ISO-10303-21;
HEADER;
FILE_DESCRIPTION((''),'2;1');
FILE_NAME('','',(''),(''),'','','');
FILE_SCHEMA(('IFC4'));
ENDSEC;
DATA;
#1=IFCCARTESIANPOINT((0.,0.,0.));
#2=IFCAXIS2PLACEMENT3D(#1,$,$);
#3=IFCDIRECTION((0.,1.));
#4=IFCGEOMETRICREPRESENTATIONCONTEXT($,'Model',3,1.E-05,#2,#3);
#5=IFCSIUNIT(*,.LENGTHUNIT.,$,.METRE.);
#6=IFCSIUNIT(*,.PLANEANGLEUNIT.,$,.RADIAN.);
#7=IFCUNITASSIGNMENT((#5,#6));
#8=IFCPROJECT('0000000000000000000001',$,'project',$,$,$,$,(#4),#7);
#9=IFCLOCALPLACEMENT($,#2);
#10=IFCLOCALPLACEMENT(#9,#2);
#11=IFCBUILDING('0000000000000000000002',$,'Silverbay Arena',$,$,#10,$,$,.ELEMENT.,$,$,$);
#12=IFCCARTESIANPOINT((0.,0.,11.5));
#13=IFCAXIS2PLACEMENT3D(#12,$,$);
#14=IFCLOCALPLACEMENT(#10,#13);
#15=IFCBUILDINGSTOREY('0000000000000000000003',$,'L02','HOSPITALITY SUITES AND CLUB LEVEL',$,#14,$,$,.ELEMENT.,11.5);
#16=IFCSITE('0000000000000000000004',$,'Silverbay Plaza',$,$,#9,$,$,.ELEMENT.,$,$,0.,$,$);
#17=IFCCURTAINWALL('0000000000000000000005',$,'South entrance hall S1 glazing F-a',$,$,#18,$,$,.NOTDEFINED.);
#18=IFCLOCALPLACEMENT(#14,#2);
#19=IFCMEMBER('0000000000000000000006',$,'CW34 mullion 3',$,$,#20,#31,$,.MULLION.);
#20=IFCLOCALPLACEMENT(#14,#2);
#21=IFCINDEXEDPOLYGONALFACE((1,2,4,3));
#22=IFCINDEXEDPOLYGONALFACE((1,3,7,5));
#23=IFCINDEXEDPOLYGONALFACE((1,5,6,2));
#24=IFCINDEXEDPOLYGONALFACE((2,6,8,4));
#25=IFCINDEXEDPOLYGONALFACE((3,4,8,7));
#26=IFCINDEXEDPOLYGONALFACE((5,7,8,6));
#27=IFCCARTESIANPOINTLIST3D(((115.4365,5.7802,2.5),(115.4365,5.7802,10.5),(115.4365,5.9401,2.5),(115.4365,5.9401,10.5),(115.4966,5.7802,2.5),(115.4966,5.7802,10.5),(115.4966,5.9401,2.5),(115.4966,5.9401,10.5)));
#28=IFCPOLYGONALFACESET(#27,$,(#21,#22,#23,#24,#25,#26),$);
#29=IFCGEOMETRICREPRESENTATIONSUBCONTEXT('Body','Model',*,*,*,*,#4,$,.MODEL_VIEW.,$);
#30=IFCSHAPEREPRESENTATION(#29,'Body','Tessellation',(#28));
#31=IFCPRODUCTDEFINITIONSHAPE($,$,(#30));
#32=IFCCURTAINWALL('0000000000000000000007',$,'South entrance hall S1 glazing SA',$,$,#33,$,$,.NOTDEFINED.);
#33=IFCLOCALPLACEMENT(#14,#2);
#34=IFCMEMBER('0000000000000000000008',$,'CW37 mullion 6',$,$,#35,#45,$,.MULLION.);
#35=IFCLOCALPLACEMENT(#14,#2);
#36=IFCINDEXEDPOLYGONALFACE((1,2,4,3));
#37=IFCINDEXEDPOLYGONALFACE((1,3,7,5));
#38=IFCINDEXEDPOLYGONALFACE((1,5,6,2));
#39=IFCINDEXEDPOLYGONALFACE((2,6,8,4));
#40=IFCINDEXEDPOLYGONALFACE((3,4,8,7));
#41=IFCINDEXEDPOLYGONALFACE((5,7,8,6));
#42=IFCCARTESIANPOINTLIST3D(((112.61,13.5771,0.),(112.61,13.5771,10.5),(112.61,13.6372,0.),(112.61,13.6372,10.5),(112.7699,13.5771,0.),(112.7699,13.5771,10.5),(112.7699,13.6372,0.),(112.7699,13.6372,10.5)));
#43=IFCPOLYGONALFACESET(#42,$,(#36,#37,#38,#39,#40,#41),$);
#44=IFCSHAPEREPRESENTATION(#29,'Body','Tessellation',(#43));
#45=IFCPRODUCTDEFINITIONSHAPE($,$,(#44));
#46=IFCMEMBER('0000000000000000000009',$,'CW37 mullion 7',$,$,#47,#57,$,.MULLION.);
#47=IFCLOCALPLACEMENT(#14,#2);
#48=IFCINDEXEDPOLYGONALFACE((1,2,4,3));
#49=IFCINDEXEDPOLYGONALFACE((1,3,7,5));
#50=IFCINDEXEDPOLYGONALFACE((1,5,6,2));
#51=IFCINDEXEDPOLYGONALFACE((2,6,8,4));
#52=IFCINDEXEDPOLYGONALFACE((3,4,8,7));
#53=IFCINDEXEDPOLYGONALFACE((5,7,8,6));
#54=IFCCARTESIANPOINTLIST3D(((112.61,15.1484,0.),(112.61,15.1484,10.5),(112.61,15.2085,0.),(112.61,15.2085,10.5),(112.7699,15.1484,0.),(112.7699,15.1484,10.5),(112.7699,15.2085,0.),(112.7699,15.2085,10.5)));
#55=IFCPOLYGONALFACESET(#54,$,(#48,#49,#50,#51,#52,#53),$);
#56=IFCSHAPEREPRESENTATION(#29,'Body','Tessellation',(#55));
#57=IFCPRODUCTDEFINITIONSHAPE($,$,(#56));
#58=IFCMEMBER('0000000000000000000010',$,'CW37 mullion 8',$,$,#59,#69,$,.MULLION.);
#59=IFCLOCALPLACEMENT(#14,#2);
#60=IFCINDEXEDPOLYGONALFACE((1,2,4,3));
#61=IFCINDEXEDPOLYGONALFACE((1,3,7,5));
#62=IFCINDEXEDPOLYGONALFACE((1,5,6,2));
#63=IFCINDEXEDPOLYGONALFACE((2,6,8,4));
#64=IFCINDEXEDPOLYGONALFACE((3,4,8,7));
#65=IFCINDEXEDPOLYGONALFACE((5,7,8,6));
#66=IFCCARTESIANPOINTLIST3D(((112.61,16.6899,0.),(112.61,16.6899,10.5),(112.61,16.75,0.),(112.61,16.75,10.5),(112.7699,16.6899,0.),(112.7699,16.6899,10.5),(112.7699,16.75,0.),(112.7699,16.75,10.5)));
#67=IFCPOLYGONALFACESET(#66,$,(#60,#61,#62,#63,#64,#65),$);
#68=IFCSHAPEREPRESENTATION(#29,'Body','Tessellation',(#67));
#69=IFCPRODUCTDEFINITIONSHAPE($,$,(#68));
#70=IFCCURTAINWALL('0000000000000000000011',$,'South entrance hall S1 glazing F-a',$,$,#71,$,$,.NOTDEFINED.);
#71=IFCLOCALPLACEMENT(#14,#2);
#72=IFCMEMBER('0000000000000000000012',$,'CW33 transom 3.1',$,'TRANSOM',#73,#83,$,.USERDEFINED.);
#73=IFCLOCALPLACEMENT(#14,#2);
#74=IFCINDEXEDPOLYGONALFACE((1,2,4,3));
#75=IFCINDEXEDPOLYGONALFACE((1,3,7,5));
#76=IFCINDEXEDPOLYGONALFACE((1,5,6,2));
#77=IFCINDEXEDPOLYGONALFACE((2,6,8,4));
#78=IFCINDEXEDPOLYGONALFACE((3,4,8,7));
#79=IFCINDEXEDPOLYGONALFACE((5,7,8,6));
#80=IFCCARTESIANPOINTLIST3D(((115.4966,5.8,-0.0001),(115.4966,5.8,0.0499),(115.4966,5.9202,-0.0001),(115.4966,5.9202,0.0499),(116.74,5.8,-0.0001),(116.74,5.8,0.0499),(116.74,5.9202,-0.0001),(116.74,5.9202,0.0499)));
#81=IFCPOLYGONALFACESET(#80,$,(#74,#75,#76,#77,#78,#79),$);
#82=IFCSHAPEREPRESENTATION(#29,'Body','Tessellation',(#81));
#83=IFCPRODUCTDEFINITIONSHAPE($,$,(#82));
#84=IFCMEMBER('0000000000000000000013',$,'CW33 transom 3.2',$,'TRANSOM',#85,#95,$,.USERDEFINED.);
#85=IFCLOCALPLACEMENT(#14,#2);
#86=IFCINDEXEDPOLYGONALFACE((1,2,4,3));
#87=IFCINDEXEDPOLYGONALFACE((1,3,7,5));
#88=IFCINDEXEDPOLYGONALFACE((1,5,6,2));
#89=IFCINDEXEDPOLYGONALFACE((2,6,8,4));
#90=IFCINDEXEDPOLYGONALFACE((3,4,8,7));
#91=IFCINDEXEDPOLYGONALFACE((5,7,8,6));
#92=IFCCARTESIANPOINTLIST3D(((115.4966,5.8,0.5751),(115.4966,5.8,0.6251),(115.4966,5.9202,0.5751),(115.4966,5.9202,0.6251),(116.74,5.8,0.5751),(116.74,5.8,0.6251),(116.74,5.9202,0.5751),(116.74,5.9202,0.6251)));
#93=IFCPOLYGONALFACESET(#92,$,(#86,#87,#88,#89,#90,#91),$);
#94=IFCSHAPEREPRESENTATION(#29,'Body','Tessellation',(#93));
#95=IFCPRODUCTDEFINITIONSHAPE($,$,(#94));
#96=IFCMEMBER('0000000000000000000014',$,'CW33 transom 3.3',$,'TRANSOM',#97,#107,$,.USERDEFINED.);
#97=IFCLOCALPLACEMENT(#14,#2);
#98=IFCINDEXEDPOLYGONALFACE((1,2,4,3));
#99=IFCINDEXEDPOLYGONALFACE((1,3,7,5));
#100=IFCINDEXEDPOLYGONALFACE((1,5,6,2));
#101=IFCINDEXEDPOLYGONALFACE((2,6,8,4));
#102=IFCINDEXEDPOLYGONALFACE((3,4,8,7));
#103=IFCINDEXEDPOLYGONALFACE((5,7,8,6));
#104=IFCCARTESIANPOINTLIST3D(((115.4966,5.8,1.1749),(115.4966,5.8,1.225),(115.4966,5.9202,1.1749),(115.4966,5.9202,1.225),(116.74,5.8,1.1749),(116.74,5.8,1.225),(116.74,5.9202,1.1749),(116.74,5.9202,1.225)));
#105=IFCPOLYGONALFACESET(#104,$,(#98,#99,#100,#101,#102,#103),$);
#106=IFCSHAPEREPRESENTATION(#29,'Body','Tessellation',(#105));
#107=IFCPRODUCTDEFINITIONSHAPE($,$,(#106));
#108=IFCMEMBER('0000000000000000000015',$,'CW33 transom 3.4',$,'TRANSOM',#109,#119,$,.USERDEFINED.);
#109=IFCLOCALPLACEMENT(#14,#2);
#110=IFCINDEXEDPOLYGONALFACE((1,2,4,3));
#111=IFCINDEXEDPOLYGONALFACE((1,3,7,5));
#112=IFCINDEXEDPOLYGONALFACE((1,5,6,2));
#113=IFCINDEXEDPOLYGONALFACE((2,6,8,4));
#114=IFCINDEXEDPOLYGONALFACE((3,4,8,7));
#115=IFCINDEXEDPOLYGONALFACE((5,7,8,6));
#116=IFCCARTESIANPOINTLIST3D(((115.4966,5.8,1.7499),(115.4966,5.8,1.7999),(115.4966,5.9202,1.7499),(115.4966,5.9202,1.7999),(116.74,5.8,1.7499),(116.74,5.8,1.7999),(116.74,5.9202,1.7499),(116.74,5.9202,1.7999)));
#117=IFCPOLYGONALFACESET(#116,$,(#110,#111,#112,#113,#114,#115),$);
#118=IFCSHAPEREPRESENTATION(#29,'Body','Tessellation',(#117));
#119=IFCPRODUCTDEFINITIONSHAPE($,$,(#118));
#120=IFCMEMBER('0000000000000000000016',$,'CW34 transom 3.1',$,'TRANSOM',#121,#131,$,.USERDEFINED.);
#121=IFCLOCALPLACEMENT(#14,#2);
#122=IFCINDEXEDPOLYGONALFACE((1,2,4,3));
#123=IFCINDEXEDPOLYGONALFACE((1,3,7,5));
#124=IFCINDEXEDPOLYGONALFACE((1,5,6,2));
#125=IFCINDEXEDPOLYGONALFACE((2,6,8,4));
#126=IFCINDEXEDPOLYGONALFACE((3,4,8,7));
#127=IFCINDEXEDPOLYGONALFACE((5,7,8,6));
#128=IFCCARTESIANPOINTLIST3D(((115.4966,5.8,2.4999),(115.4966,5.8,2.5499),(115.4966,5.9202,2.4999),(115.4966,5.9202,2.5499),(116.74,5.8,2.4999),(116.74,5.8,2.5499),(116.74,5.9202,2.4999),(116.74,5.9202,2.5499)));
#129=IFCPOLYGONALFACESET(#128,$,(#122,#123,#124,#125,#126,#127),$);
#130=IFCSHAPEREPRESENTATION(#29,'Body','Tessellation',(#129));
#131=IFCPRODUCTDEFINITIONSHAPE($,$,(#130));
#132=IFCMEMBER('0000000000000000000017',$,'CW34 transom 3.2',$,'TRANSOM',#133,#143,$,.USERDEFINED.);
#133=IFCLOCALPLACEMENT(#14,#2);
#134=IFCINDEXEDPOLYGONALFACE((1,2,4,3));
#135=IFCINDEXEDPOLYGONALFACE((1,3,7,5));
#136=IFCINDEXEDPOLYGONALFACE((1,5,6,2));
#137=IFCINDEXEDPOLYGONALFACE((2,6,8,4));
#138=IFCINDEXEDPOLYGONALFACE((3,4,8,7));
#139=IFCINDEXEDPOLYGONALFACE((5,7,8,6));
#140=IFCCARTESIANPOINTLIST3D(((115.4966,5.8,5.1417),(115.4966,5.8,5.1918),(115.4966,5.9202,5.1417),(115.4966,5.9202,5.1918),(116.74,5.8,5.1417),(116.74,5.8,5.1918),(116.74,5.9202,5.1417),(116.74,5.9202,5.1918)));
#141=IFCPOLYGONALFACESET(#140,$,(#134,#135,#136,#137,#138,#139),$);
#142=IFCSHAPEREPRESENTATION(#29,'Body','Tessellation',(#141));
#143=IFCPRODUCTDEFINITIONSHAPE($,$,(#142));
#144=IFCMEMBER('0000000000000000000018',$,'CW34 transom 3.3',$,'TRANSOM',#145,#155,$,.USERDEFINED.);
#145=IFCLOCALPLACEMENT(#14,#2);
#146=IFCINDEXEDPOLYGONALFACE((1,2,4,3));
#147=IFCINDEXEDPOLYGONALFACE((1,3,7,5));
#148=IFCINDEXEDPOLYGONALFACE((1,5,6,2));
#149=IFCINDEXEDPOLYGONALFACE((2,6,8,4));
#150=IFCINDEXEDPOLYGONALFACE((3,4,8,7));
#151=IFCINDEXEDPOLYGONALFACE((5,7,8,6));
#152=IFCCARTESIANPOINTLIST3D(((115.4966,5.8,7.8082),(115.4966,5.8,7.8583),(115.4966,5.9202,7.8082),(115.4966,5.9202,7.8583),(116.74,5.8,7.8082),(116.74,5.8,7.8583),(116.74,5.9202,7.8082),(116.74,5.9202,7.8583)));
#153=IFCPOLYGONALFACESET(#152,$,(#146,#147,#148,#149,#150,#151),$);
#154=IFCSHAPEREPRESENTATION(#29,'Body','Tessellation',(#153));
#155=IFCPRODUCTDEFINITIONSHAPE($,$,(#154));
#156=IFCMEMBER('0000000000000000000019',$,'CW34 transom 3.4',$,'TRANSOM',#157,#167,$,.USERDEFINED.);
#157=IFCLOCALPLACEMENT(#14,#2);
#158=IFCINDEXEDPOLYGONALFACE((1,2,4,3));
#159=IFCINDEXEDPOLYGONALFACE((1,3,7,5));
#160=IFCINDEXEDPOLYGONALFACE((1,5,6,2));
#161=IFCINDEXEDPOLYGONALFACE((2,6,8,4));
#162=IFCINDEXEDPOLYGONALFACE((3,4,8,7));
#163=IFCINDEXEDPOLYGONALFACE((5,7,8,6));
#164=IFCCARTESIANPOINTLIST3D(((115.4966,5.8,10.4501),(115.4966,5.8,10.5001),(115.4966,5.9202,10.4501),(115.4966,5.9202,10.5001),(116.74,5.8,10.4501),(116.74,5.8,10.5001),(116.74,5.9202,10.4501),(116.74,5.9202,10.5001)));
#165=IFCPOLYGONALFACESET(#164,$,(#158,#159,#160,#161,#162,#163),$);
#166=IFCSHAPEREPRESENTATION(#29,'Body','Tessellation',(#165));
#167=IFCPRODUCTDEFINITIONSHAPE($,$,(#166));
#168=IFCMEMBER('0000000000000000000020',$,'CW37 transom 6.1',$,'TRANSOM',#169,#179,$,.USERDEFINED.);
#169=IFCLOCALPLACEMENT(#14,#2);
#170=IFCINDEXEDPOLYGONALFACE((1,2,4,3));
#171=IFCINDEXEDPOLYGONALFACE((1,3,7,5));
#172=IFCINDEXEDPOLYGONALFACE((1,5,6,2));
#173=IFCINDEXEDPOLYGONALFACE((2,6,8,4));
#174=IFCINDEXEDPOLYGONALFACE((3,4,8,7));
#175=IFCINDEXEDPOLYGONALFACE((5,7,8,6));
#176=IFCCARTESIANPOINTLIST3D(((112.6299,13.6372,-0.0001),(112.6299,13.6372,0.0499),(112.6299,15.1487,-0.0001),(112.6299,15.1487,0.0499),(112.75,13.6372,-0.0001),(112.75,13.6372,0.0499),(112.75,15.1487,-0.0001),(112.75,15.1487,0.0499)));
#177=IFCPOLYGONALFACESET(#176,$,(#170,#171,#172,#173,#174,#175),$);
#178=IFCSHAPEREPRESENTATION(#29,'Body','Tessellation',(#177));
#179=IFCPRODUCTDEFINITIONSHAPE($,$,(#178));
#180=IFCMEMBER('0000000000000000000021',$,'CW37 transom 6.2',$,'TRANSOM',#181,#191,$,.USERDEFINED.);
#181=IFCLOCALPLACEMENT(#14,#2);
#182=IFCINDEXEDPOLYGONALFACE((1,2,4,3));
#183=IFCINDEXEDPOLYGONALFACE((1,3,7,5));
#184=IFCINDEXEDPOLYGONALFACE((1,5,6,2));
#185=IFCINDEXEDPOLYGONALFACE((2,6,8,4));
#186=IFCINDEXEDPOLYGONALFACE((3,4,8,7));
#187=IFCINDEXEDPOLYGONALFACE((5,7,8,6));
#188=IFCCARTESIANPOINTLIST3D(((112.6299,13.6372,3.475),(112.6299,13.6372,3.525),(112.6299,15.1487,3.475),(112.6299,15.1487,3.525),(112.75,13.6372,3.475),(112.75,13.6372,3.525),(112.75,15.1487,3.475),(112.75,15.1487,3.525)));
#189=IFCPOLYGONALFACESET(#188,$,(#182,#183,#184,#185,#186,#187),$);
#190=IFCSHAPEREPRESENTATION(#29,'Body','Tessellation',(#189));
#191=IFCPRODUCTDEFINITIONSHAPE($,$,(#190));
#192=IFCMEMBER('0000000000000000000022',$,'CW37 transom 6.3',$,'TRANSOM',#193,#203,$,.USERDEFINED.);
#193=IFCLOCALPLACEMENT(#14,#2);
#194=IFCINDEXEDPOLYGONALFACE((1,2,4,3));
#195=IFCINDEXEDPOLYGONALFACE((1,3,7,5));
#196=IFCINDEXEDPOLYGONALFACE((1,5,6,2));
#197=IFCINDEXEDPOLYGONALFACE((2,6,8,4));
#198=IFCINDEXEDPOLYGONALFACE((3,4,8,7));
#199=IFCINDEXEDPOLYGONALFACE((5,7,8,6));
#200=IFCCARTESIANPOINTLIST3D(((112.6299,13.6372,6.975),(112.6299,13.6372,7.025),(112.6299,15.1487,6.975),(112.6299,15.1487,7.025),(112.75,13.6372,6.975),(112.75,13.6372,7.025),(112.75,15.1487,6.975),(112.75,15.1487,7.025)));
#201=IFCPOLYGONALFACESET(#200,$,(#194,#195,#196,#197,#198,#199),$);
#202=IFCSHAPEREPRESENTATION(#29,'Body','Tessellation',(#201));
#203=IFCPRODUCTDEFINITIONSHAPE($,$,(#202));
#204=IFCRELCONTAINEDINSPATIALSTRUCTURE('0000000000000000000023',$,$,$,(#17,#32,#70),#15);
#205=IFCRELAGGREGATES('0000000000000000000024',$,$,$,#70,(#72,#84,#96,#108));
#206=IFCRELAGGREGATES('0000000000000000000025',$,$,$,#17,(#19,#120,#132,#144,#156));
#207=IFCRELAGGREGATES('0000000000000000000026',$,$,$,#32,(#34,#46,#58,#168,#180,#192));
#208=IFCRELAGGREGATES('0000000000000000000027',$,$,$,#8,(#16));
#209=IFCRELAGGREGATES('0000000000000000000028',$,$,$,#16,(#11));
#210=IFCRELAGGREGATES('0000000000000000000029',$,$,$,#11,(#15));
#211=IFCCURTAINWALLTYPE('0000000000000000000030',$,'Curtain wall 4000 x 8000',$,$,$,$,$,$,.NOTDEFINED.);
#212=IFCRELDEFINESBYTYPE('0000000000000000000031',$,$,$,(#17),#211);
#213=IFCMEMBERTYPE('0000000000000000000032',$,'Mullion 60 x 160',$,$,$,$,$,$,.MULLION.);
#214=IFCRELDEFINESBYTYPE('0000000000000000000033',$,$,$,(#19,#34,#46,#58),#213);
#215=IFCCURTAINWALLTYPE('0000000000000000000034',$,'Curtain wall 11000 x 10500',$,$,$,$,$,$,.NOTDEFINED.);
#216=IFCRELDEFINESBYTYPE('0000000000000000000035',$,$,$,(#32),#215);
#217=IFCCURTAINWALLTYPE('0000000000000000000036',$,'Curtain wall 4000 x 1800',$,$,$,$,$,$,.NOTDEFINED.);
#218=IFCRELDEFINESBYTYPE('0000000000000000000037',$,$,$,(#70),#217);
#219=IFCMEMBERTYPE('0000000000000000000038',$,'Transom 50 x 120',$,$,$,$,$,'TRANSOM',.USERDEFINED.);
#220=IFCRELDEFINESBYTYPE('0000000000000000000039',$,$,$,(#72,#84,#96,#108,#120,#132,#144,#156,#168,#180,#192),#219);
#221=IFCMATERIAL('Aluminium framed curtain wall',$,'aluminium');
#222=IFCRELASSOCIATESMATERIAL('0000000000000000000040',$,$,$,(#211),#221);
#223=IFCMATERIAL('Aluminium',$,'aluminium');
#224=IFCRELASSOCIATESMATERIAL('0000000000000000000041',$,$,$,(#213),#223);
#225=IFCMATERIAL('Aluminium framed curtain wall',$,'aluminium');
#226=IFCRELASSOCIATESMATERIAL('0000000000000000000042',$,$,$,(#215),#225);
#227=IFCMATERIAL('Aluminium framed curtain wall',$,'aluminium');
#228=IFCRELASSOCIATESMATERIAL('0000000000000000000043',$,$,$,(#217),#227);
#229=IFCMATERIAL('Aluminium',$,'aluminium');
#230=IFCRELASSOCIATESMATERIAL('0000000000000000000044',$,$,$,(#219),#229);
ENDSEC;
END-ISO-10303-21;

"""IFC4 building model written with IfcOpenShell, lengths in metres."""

from ifc_helpers import new_model, si_unit, direction, frame, origin, origin_2d, place, context, subcontext, project, spatial, rectangle, extrude, material, material_profile, profile_set, type_object, element, aggregate, save


model = new_model("IFC4")

# Units and contexts
model_context = context("Model", 3, precision=1e-05, world=origin(), true_north=direction((0.0, 1.0)))
body_context = subcontext(model_context, "Body", "Model", "MODEL_VIEW")
ifc_project = project(units=[si_unit("LENGTHUNIT", "METRE"), si_unit("PLANEANGLEUNIT", "RADIAN")], contexts=[model_context])

# Site, building, storey
site_placement = place(None, origin())
site = spatial("IfcSite", under=ifc_project, at=site_placement, Name="Silverbay Plaza", CompositionType="ELEMENT", RefElevation=0.0)
building_placement = place(site_placement, origin())
building = spatial("IfcBuilding", under=site, at=building_placement, Name="Silverbay Arena", CompositionType="ELEMENT")
storey_placement = place(building_placement, frame((0.0, 0.0, 11.5)))
storey = spatial("IfcBuildingStorey", under=building, at=storey_placement, Name="L02", Description="HOSPITALITY SUITES AND CLUB LEVEL", CompositionType="ELEMENT", Elevation=11.5)

# Curtain wall, member
ifc_material_1 = material(Name="Aluminium framed curtain wall", Category="aluminium")
curtain_wall_type_1 = type_object("IfcCurtainWallType", Name="Curtain wall 4000 x 8000", PredefinedType="NOTDEFINED", material=ifc_material_1)
curtain_wall_1_placement = place(storey_placement, origin())
curtain_wall_1 = element("IfcCurtainWall", 1, at=curtain_wall_1_placement, inside=storey, type_object=curtain_wall_type_1, Name="South entrance hall S1 glazing F-a", PredefinedType="NOTDEFINED")
ifc_material_2 = material(Name="Aluminium", Category="aluminium")
ifc_material_profile_1 = material_profile(ifc_material_2, rectangle(XDim=0.1599, YDim=0.0601, at=origin_2d()), Name="Mullion 60 x 160")
ifc_profile_set_1 = profile_set([ifc_material_profile_1], Name="Aluminium")
member_type_1 = type_object("IfcMemberType", Name="Mullion 60 x 160", PredefinedType="MULLION", material=ifc_profile_set_1)
member_1_placement = place(storey_placement, frame((115.4666, 5.8601, 2.5), z_axis=(0.0, 0.0, 1.0), x_axis=(0.0, 1.0, 0.0)))
member_1 = element("IfcMember", 2, at=member_1_placement, type_object=member_type_1, Name="CW34 mullion 3", PredefinedType="MULLION", context=body_context, shape_type="SweptSolid", body=[
    extrude(rectangle(XDim=0.1599, YDim=0.0601, at=origin_2d()), origin(), (0.0, 0.0, 1.0), 8.0),
])

# Curtain walls, members
ifc_material_3 = material(Name="Aluminium framed curtain wall", Category="aluminium")
curtain_wall_type_2 = type_object("IfcCurtainWallType", Name="Curtain wall 11000 x 10500", PredefinedType="NOTDEFINED", material=ifc_material_3)
curtain_wall_2_placement = place(storey_placement, origin())
curtain_wall_2 = element("IfcCurtainWall", 3, at=curtain_wall_2_placement, inside=storey, type_object=curtain_wall_type_2, Name="South entrance hall S1 glazing SA", PredefinedType="NOTDEFINED")
member_2_placement = place(storey_placement, frame((112.6899, 13.6072, 0.0), z_axis=(0.0, 0.0, 1.0), x_axis=(-1.0, 0.0, 0.0)))
member_2 = element("IfcMember", 4, at=member_2_placement, type_object=member_type_1, Name="CW37 mullion 6", PredefinedType="MULLION", context=body_context, shape_type="SweptSolid", body=[
    extrude(rectangle(XDim=0.1599, YDim=0.0601, at=origin_2d()), origin(), (0.0, 0.0, 1.0), 10.5),
])
member_3_placement = place(storey_placement, frame((112.6899, 15.1785, 0.0), z_axis=(0.0, 0.0, 1.0), x_axis=(-1.0, 0.0, 0.0)))
member_3 = element("IfcMember", 5, at=member_3_placement, type_object=member_type_1, Name="CW37 mullion 7", PredefinedType="MULLION", context=body_context, shape_type="SweptSolid", body=[
    extrude(rectangle(XDim=0.1599, YDim=0.0601, at=origin_2d()), origin(), (0.0, 0.0, 1.0), 10.5),
])
member_4_placement = place(storey_placement, frame((112.6899, 16.72, 0.0), z_axis=(0.0, 0.0, 1.0), x_axis=(-1.0, 0.0, 0.0)))
member_4 = element("IfcMember", 6, at=member_4_placement, type_object=member_type_1, Name="CW37 mullion 8", PredefinedType="MULLION", context=body_context, shape_type="SweptSolid", body=[
    extrude(rectangle(XDim=0.1599, YDim=0.0601, at=origin_2d()), origin(), (0.0, 0.0, 1.0), 10.5),
])
ifc_material_4 = material(Name="Aluminium framed curtain wall", Category="aluminium")
curtain_wall_type_3 = type_object("IfcCurtainWallType", Name="Curtain wall 4000 x 1800", PredefinedType="NOTDEFINED", material=ifc_material_4)
curtain_wall_3_placement = place(storey_placement, origin())
curtain_wall_3 = element("IfcCurtainWall", 7, at=curtain_wall_3_placement, inside=storey, type_object=curtain_wall_type_3, Name="South entrance hall S1 glazing F-a", PredefinedType="NOTDEFINED")
ifc_material_5 = material(Name="Aluminium", Category="aluminium")
ifc_material_profile_2 = material_profile(ifc_material_5, rectangle(XDim=0.1201, YDim=0.05, at=origin_2d()), Name="Transom 50 x 120")
ifc_profile_set_2 = profile_set([ifc_material_profile_2], Name="Aluminium")
member_type_2 = type_object("IfcMemberType", Name="Transom 50 x 120", ElementType="TRANSOM", PredefinedType="USERDEFINED", material=ifc_profile_set_2)
member_5_placement = place(storey_placement, frame((115.4966, 5.8601, 0.0249), z_axis=(1.0, 0.0, 0.0), x_axis=(0.0, 1.0, 0.0)))
member_5 = element("IfcMember", 8, at=member_5_placement, type_object=member_type_2, Name="CW33 transom 3.1", ObjectType="TRANSOM", PredefinedType="USERDEFINED", context=body_context, shape_type="SweptSolid", body=[
    extrude(rectangle(XDim=0.1201, YDim=0.05, at=origin_2d()), origin(), (0.0, 0.0, 1.0), 1.2434),
])
member_6_placement = place(storey_placement, frame((115.4966, 5.8601, 0.6001), z_axis=(1.0, 0.0, 0.0), x_axis=(0.0, 1.0, 0.0)))
member_6 = element("IfcMember", 9, at=member_6_placement, type_object=member_type_2, Name="CW33 transom 3.2", ObjectType="TRANSOM", PredefinedType="USERDEFINED", context=body_context, shape_type="SweptSolid", body=[
    extrude(rectangle(XDim=0.1201, YDim=0.05, at=origin_2d()), origin(), (0.0, 0.0, 1.0), 1.2434),
])
member_7_placement = place(storey_placement, frame((115.4966, 5.8601, 1.2), z_axis=(1.0, 0.0, 0.0), x_axis=(0.0, 1.0, 0.0)))
member_7 = element("IfcMember", 10, at=member_7_placement, type_object=member_type_2, Name="CW33 transom 3.3", ObjectType="TRANSOM", PredefinedType="USERDEFINED", context=body_context, shape_type="SweptSolid", body=[
    extrude(rectangle(XDim=0.1201, YDim=0.05, at=origin_2d()), origin(), (0.0, 0.0, 1.0), 1.2434),
])
member_8_placement = place(storey_placement, frame((115.4966, 5.8601, 1.7749), z_axis=(1.0, 0.0, 0.0), x_axis=(0.0, 1.0, 0.0)))
member_8 = element("IfcMember", 11, at=member_8_placement, type_object=member_type_2, Name="CW33 transom 3.4", ObjectType="TRANSOM", PredefinedType="USERDEFINED", context=body_context, shape_type="SweptSolid", body=[
    extrude(rectangle(XDim=0.1201, YDim=0.05, at=origin_2d()), origin(), (0.0, 0.0, 1.0), 1.2434),
])
aggregate(curtain_wall_3, [member_5, member_6, member_7, member_8])

# Members
member_9_placement = place(storey_placement, frame((115.4966, 5.8601, 2.5249), z_axis=(1.0, 0.0, 0.0), x_axis=(0.0, 1.0, 0.0)))
member_9 = element("IfcMember", 12, at=member_9_placement, type_object=member_type_2, Name="CW34 transom 3.1", ObjectType="TRANSOM", PredefinedType="USERDEFINED", context=body_context, shape_type="SweptSolid", body=[
    extrude(rectangle(XDim=0.1201, YDim=0.05, at=origin_2d()), origin(), (0.0, 0.0, 1.0), 1.2434),
])
member_10_placement = place(storey_placement, frame((115.4966, 5.8601, 5.1667), z_axis=(1.0, 0.0, 0.0), x_axis=(0.0, 1.0, 0.0)))
member_10 = element("IfcMember", 13, at=member_10_placement, type_object=member_type_2, Name="CW34 transom 3.2", ObjectType="TRANSOM", PredefinedType="USERDEFINED", context=body_context, shape_type="SweptSolid", body=[
    extrude(rectangle(XDim=0.1201, YDim=0.05, at=origin_2d()), origin(), (0.0, 0.0, 1.0), 1.2434),
])
member_11_placement = place(storey_placement, frame((115.4966, 5.8601, 7.8333), z_axis=(1.0, 0.0, 0.0), x_axis=(0.0, 1.0, 0.0)))
member_11 = element("IfcMember", 14, at=member_11_placement, type_object=member_type_2, Name="CW34 transom 3.3", ObjectType="TRANSOM", PredefinedType="USERDEFINED", context=body_context, shape_type="SweptSolid", body=[
    extrude(rectangle(XDim=0.1201, YDim=0.05, at=origin_2d()), origin(), (0.0, 0.0, 1.0), 1.2434),
])
member_12_placement = place(storey_placement, frame((115.4966, 5.8601, 10.4751), z_axis=(1.0, 0.0, 0.0), x_axis=(0.0, 1.0, 0.0)))
member_12 = element("IfcMember", 15, at=member_12_placement, type_object=member_type_2, Name="CW34 transom 3.4", ObjectType="TRANSOM", PredefinedType="USERDEFINED", context=body_context, shape_type="SweptSolid", body=[
    extrude(rectangle(XDim=0.1201, YDim=0.05, at=origin_2d()), origin(), (0.0, 0.0, 1.0), 1.2434),
])
aggregate(curtain_wall_1, [member_1, member_9, member_10, member_11, member_12])
member_13_placement = place(storey_placement, frame((112.6899, 13.6372, 0.0249), z_axis=(0.0, 1.0, 0.0), x_axis=(-1.0, 0.0, 0.0)))
member_13 = element("IfcMember", 16, at=member_13_placement, type_object=member_type_2, Name="CW37 transom 6.1", ObjectType="TRANSOM", PredefinedType="USERDEFINED", context=body_context, shape_type="SweptSolid", body=[
    extrude(rectangle(XDim=0.1201, YDim=0.05, at=origin_2d()), origin(), (0.0, 0.0, 1.0), 1.5115),
])
member_14_placement = place(storey_placement, frame((112.6899, 13.6372, 3.5), z_axis=(0.0, 1.0, 0.0), x_axis=(-1.0, 0.0, 0.0)))
member_14 = element("IfcMember", 17, at=member_14_placement, type_object=member_type_2, Name="CW37 transom 6.2", ObjectType="TRANSOM", PredefinedType="USERDEFINED", context=body_context, shape_type="SweptSolid", body=[
    extrude(rectangle(XDim=0.1201, YDim=0.05, at=origin_2d()), origin(), (0.0, 0.0, 1.0), 1.5115),
])
member_15_placement = place(storey_placement, frame((112.6899, 13.6372, 7.0), z_axis=(0.0, 1.0, 0.0), x_axis=(-1.0, 0.0, 0.0)))
member_15 = element("IfcMember", 18, at=member_15_placement, type_object=member_type_2, Name="CW37 transom 6.3", ObjectType="TRANSOM", PredefinedType="USERDEFINED", context=body_context, shape_type="SweptSolid", body=[
    extrude(rectangle(XDim=0.1201, YDim=0.05, at=origin_2d()), origin(), (0.0, 0.0, 1.0), 1.5115),
])

aggregate(curtain_wall_2, [member_2, member_3, member_4, member_13, member_14, member_15])

save(model, "model.ifc")
